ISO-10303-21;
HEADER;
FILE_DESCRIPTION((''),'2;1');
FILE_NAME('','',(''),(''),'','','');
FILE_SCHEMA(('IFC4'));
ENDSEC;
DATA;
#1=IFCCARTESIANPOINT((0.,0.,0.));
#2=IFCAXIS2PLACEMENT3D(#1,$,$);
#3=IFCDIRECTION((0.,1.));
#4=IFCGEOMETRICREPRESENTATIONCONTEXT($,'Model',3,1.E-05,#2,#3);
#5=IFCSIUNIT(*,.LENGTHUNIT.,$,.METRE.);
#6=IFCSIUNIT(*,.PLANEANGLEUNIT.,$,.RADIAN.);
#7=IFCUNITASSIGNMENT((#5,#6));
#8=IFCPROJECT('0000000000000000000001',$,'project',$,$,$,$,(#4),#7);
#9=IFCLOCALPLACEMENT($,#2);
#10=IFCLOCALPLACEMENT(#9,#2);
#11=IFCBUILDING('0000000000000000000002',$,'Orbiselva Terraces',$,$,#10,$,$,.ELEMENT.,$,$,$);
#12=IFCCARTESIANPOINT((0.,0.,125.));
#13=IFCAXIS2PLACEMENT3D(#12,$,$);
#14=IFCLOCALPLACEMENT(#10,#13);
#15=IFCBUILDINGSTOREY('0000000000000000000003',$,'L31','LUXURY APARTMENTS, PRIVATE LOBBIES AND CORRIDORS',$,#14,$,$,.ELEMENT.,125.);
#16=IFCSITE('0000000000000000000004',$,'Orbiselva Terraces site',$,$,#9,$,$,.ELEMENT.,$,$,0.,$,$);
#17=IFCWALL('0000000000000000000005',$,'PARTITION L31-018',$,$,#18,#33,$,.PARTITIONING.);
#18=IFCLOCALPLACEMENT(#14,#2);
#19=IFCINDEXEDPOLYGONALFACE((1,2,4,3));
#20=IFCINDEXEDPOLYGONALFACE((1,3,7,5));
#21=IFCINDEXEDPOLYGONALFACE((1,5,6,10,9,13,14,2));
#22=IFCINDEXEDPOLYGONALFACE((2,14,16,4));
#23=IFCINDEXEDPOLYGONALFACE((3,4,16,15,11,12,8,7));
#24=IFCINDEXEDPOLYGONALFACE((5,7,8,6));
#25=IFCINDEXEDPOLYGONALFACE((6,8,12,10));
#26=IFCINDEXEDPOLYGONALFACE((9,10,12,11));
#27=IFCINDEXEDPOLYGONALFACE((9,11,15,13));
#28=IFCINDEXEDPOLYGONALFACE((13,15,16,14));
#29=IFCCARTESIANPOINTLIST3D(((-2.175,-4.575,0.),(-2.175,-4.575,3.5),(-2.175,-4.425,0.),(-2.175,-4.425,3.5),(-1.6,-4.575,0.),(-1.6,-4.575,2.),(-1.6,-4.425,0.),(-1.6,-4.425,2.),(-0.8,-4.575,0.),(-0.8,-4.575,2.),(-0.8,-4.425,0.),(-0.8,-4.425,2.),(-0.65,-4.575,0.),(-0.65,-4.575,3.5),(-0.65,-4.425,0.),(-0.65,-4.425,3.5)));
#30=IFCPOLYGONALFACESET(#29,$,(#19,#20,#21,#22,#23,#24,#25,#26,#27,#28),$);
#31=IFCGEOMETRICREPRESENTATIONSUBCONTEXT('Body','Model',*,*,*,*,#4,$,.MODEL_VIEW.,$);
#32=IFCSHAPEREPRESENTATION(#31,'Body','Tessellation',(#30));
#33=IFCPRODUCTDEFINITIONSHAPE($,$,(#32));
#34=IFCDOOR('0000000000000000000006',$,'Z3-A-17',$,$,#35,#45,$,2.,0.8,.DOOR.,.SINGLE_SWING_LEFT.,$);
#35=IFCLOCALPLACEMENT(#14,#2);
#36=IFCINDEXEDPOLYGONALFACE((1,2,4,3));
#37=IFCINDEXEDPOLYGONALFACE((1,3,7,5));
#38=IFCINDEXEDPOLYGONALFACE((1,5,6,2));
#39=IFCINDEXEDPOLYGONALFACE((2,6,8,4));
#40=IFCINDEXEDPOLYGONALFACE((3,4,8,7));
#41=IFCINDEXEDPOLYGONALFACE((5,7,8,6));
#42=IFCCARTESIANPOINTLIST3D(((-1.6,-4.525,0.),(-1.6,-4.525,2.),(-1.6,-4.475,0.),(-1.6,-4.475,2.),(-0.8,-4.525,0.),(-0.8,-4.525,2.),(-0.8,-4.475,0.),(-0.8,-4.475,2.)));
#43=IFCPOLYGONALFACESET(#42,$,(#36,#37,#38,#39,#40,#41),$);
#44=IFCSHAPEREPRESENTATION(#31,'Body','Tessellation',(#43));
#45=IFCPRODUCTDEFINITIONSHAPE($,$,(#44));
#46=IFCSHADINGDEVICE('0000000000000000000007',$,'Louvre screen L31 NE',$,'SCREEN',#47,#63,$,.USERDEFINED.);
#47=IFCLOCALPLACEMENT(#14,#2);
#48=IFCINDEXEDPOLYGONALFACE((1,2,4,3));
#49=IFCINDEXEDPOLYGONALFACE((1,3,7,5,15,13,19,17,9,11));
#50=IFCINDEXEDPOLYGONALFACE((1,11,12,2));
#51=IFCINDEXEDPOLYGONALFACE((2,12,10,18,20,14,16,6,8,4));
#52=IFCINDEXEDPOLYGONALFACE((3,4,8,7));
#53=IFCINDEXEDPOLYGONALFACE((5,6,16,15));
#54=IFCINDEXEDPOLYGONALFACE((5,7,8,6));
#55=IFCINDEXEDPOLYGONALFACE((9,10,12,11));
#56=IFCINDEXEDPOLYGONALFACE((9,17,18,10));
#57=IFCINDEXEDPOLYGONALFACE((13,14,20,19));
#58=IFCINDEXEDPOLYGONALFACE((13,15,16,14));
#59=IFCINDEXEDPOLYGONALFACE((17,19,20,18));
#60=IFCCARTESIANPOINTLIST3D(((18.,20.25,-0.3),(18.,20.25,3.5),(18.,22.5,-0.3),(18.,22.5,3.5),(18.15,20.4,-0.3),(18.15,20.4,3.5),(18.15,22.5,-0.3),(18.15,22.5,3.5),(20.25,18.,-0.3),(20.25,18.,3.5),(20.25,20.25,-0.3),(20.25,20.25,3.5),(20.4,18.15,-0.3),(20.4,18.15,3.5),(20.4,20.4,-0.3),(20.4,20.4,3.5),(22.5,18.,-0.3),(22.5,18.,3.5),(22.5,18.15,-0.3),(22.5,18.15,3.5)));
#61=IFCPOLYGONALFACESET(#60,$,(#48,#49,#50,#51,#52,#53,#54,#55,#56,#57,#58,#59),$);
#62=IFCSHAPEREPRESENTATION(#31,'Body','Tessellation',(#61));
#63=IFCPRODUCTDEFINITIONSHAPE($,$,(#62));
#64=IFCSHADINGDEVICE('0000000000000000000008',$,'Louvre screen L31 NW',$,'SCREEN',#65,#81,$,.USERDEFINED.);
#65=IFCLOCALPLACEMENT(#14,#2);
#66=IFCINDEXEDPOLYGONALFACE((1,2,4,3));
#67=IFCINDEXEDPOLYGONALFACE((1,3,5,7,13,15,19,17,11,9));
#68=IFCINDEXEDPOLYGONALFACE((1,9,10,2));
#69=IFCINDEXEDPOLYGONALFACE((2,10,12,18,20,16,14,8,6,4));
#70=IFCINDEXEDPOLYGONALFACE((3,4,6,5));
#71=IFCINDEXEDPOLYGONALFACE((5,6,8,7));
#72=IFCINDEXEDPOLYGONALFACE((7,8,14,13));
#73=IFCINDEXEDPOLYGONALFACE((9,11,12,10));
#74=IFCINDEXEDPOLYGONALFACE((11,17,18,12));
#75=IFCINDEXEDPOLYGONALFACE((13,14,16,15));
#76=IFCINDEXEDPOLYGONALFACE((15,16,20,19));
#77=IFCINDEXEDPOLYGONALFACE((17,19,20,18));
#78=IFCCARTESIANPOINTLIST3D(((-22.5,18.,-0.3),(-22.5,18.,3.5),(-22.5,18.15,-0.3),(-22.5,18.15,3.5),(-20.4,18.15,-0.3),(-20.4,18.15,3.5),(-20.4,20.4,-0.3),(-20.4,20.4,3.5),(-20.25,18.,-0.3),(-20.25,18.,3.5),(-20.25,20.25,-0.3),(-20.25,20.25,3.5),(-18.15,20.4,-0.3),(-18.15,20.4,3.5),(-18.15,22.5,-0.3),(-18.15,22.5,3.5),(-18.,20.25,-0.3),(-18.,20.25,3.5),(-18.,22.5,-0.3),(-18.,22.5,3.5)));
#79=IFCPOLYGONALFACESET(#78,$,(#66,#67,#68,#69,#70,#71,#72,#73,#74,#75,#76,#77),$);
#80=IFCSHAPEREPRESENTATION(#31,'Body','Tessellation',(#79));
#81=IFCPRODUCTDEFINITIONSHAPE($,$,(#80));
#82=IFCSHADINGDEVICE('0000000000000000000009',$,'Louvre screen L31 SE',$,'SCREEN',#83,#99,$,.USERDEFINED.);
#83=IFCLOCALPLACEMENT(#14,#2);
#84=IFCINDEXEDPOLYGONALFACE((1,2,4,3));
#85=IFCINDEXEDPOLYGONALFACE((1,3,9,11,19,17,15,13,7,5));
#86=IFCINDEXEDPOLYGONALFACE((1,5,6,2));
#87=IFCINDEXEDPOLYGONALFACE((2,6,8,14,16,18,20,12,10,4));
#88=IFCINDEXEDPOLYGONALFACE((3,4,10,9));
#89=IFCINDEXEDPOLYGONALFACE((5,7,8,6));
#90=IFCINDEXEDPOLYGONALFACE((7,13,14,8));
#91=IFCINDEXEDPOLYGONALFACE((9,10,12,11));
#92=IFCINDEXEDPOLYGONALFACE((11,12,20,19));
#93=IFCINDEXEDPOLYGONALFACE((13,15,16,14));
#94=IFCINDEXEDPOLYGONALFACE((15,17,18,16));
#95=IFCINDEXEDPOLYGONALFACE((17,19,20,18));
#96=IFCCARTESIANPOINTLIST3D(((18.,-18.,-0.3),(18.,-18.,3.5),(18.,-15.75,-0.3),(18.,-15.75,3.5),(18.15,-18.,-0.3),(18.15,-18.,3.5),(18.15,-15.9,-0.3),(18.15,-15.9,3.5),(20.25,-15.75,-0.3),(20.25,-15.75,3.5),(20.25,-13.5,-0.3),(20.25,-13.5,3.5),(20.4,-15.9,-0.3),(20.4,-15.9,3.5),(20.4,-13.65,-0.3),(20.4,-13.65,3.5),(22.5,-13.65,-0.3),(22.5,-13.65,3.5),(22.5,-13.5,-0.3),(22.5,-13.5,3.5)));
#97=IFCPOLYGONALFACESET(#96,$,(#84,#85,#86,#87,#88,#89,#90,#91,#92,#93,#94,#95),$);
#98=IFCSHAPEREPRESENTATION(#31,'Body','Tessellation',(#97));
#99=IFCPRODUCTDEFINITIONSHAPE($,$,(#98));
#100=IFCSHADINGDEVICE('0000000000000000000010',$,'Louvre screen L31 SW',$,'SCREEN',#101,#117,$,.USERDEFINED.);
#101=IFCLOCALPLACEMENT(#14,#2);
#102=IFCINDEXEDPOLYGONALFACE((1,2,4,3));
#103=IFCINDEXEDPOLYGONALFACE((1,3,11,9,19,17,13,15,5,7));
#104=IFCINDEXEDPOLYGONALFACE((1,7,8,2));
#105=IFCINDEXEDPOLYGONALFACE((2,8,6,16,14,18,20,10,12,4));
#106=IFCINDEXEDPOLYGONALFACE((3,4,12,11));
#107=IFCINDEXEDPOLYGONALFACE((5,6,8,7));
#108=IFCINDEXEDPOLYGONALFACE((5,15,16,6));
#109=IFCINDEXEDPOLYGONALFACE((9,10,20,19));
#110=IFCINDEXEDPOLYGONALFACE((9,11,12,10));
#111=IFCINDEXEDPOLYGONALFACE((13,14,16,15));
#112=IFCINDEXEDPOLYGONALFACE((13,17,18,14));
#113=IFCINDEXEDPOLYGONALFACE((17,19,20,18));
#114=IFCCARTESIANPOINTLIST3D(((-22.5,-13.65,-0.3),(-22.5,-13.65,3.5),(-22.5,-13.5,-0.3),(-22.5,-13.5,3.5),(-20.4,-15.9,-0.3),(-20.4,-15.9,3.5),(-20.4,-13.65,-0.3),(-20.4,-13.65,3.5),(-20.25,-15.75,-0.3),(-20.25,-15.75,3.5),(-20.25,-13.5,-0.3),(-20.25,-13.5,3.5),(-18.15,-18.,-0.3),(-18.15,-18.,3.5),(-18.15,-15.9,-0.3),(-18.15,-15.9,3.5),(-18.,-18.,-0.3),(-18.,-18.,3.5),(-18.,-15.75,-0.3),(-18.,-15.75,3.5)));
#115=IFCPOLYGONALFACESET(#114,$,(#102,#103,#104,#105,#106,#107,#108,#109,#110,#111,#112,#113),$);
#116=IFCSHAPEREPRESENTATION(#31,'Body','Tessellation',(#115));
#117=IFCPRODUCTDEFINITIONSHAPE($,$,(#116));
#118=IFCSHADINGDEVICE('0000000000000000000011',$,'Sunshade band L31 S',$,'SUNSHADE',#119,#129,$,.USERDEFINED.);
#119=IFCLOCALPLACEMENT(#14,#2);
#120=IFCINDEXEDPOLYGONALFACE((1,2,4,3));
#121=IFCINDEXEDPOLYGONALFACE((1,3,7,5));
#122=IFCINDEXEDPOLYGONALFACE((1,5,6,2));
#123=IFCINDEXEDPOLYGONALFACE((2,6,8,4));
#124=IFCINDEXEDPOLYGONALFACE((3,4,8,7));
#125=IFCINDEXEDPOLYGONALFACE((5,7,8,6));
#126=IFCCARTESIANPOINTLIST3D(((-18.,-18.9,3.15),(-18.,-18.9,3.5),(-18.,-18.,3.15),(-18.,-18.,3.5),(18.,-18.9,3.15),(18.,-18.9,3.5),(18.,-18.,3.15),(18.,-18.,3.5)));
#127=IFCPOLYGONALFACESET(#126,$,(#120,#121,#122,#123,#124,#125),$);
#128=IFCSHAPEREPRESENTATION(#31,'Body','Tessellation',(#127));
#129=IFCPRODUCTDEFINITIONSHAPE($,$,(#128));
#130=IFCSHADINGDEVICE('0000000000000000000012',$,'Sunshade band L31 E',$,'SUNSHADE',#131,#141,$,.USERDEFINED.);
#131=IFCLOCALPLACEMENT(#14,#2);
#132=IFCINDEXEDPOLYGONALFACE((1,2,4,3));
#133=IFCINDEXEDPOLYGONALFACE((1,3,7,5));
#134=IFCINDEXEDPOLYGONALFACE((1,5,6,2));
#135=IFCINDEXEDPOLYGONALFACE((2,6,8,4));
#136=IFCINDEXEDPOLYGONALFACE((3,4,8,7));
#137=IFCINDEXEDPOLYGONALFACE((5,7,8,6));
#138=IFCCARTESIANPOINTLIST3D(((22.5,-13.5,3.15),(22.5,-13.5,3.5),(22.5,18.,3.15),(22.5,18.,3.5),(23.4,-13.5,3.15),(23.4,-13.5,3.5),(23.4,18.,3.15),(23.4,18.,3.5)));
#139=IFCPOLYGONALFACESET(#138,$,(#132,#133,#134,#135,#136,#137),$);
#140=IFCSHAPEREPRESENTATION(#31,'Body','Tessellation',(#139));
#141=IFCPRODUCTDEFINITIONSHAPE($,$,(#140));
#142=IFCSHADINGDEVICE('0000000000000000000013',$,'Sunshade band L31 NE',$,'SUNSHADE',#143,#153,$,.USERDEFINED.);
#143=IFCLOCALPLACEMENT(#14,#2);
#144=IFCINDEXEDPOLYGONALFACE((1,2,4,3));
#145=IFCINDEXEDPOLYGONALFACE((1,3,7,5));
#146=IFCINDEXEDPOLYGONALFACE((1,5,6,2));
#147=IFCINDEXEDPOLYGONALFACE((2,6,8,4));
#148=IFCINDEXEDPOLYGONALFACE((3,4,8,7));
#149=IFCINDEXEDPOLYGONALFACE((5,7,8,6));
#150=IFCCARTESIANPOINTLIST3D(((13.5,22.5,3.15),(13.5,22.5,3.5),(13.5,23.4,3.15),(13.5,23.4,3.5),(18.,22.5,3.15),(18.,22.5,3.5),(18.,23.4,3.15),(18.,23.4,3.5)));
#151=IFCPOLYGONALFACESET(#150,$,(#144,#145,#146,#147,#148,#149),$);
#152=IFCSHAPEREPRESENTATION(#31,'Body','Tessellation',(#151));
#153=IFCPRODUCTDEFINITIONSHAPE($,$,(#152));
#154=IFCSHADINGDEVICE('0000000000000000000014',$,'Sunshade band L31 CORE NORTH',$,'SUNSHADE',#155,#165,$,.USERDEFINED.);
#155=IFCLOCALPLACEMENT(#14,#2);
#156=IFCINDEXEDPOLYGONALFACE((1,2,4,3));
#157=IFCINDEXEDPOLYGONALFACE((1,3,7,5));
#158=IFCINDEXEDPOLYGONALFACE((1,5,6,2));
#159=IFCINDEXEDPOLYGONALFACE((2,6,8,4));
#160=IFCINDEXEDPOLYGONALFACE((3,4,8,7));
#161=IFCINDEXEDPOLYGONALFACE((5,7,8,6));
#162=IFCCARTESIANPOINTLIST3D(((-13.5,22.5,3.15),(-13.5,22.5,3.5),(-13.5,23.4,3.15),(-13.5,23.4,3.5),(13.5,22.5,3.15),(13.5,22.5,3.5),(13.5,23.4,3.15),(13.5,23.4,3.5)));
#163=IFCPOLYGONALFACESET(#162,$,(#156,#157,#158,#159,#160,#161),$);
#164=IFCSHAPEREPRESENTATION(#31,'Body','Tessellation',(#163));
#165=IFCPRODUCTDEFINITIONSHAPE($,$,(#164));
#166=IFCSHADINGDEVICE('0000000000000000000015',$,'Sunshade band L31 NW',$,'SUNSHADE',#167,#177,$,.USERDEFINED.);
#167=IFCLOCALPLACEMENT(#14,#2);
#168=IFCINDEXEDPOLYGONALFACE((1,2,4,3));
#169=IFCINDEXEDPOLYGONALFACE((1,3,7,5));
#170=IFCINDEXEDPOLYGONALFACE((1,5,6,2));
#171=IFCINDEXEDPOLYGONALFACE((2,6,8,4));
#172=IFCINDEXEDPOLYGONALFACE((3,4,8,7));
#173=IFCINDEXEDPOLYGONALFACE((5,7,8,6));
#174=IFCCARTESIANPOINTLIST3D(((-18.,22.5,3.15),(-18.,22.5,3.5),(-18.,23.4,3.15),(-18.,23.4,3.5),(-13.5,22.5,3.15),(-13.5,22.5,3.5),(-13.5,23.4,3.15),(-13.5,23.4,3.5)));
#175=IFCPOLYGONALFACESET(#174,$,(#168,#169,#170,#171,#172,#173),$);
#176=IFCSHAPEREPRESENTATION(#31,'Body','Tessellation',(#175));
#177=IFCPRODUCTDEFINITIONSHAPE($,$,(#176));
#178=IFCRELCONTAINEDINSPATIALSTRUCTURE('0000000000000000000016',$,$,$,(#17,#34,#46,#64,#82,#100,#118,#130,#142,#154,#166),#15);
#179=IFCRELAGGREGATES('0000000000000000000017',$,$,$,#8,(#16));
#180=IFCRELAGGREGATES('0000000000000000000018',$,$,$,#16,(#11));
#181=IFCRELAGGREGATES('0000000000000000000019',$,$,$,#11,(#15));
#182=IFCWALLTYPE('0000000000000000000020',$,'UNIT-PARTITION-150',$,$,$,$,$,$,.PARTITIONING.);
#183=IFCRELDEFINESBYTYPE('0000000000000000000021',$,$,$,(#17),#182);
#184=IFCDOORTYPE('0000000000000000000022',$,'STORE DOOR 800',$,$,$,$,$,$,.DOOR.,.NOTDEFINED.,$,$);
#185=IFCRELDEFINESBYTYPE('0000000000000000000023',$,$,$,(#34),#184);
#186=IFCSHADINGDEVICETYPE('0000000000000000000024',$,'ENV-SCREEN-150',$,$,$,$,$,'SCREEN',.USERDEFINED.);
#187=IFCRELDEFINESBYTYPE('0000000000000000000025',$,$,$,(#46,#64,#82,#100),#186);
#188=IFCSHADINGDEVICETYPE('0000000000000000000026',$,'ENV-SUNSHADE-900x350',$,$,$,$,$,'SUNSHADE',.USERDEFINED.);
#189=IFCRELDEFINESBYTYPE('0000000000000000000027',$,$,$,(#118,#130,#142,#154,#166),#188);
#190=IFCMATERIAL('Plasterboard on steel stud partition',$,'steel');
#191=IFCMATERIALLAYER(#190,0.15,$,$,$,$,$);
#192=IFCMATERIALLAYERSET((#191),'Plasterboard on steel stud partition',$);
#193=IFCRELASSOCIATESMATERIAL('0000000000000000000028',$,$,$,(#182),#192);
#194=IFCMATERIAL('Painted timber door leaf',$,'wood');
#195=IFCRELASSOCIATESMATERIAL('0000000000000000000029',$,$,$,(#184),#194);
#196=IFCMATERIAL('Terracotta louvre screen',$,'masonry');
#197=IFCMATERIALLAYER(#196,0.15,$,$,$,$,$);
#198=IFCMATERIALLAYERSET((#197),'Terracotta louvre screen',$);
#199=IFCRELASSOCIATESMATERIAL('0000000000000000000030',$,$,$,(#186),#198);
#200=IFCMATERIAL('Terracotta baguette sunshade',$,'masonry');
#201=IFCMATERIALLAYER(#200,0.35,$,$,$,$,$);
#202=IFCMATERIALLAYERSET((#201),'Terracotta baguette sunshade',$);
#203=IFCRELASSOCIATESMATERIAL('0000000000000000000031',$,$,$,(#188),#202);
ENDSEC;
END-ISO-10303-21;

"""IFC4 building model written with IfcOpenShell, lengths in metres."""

from ifc_helpers import new_model, si_unit, direction, frame, frame_2d, origin, place, context, subcontext, project, spatial, polyline, rectangle, outline, extrude, material, layer, layer_set, type_object, element, fill, save


model = new_model("IFC4")

# Units and contexts
model_context = context("Model", 3, precision=1e-05, world=origin(), true_north=direction((0.0, 1.0)))
body_context = subcontext(model_context, "Body", "Model", "MODEL_VIEW")
ifc_project = project(units=[si_unit("LENGTHUNIT", "METRE"), si_unit("PLANEANGLEUNIT", "RADIAN")], contexts=[model_context])

# Site, building, storey
site_placement = place(None, origin())
site = spatial("IfcSite", under=ifc_project, at=site_placement, Name="Orbiselva Terraces site", CompositionType="ELEMENT", RefElevation=0.0)
building_placement = place(site_placement, origin())
building = spatial("IfcBuilding", under=site, at=building_placement, Name="Orbiselva Terraces", CompositionType="ELEMENT")
storey_placement = place(building_placement, frame((0.0, 0.0, 125.0)))
storey = spatial("IfcBuildingStorey", under=building, at=storey_placement, Name="L31", Description="LUXURY APARTMENTS, PRIVATE LOBBIES AND CORRIDORS", CompositionType="ELEMENT", Elevation=125.0)

# Wall, opening, door
ifc_material_1 = material(Name="Plasterboard on steel stud partition", Category="steel")
ifc_layer_1 = layer(ifc_material_1, 0.15)
ifc_layer_set_1 = layer_set([ifc_layer_1], Name="Plasterboard on steel stud partition")
wall_type_1 = type_object("IfcWallType", Name="UNIT-PARTITION-150", PredefinedType="PARTITIONING", material=ifc_layer_set_1)
wall_1_placement = place(storey_placement, frame((-0.65, -4.5, 0.0), z_axis=(0.0, 0.0, 1.0), x_axis=(-1.0, 0.0, 0.0)))
wall_1 = element("IfcWall", 1, at=wall_1_placement, inside=storey, type_object=wall_type_1, Name="PARTITION L31-018", PredefinedType="PARTITIONING", context=body_context, shape_type="SweptSolid", body=[
    extrude(rectangle(XDim=1.525, YDim=0.15, at=frame_2d((0.7625, 0.0))), origin(), (0.0, 0.0, 1.0), 3.5),
])
opening_placement = place(wall_1_placement, frame((0.15, 0.0, 0.0)))
opening = element("IfcOpeningElement", 2, at=opening_placement, cuts=wall_1, PredefinedType="OPENING", context=body_context, shape_type="SweptSolid", body=[
    extrude(rectangle(XDim=0.8, YDim=2.0, at=frame_2d((0.4, 1.0))), frame((0.0, 0.085, 0.0), z_axis=(0.0, -1.0, 0.0), x_axis=(1.0, 0.0, 0.0)), (0.0, 0.0, 1.0), 0.17),
])
ifc_material_2 = material(Name="Painted timber door leaf", Category="wood")
door_type = type_object("IfcDoorType", Name="STORE DOOR 800", OperationType="NOTDEFINED", PredefinedType="DOOR", material=ifc_material_2)
door_placement = place(opening_placement, origin())
door = element("IfcDoor", 3, at=door_placement, inside=storey, type_object=door_type, Name="Z3-A-17", OperationType="SINGLE_SWING_LEFT", OverallHeight=2.0, OverallWidth=0.8, PredefinedType="DOOR", context=body_context, shape_type="SweptSolid", body=[
    extrude(rectangle(XDim=0.8, YDim=2.0, at=frame_2d((0.4, 1.0))), frame((0.0, 0.025, 0.0), z_axis=(0.0, -1.0, 0.0), x_axis=(1.0, 0.0, 0.0)), (0.0, 0.0, 1.0), 0.05),
])
fill(opening, door)

# Shading devices
ifc_material_3 = material(Name="Terracotta louvre screen", Category="masonry")
ifc_layer_2 = layer(ifc_material_3, 0.15)
ifc_layer_set_2 = layer_set([ifc_layer_2], Name="Terracotta louvre screen")
shading_device_type_1 = type_object("IfcShadingDeviceType", Name="ENV-SCREEN-150", ElementType="SCREEN", PredefinedType="USERDEFINED", material=ifc_layer_set_2)
shading_device_1_placement = place(storey_placement, frame((0.0, 0.0, -0.3)))
element("IfcShadingDevice", 4, at=shading_device_1_placement, inside=storey, type_object=shading_device_type_1, Name="Louvre screen L31 NE", ObjectType="SCREEN", PredefinedType="USERDEFINED", context=body_context, shape_type="SweptSolid", body=[
    extrude(outline(polyline([(22.5, 18.15), (20.4, 18.15), (20.4, 20.4), (18.15, 20.4), (18.15, 22.5), (18.0, 22.5), (18.0, 20.25), (20.25, 20.25), (20.25, 18.0), (22.5, 18.0), (22.5, 18.15)])), origin(), (0.0, 0.0, 1.0), 3.8),
])
shading_device_2_placement = place(storey_placement, frame((0.0, 0.0, -0.3)))
element("IfcShadingDevice", 5, at=shading_device_2_placement, inside=storey, type_object=shading_device_type_1, Name="Louvre screen L31 NW", ObjectType="SCREEN", PredefinedType="USERDEFINED", context=body_context, shape_type="SweptSolid", body=[
    extrude(outline(polyline([(-18.15, 22.5), (-18.15, 20.4), (-20.4, 20.4), (-20.4, 18.15), (-22.5, 18.15), (-22.5, 18.0), (-20.25, 18.0), (-20.25, 20.25), (-18.0, 20.25), (-18.0, 22.5), (-18.15, 22.5)])), origin(), (0.0, 0.0, 1.0), 3.8),
])
shading_device_3_placement = place(storey_placement, frame((0.0, 0.0, -0.3)))
element("IfcShadingDevice", 6, at=shading_device_3_placement, inside=storey, type_object=shading_device_type_1, Name="Louvre screen L31 SE", ObjectType="SCREEN", PredefinedType="USERDEFINED", context=body_context, shape_type="SweptSolid", body=[
    extrude(outline(polyline([(18.15, -18.0), (18.15, -15.9), (20.4, -15.9), (20.4, -13.65), (22.5, -13.65), (22.5, -13.5), (20.25, -13.5), (20.25, -15.75), (18.0, -15.75), (18.0, -18.0), (18.15, -18.0)])), origin(), (0.0, 0.0, 1.0), 3.8),
])
shading_device_4_placement = place(storey_placement, frame((0.0, 0.0, -0.3)))
element("IfcShadingDevice", 7, at=shading_device_4_placement, inside=storey, type_object=shading_device_type_1, Name="Louvre screen L31 SW", ObjectType="SCREEN", PredefinedType="USERDEFINED", context=body_context, shape_type="SweptSolid", body=[
    extrude(outline(polyline([(-22.5, -13.65), (-20.4, -13.65), (-20.4, -15.9), (-18.15, -15.9), (-18.15, -18.0), (-18.0, -18.0), (-18.0, -15.75), (-20.25, -15.75), (-20.25, -13.5), (-22.5, -13.5), (-22.5, -13.65)])), origin(), (0.0, 0.0, 1.0), 3.8),
])
ifc_material_4 = material(Name="Terracotta baguette sunshade", Category="masonry")
ifc_layer_3 = layer(ifc_material_4, 0.35)
ifc_layer_set_3 = layer_set([ifc_layer_3], Name="Terracotta baguette sunshade")
shading_device_type_2 = type_object("IfcShadingDeviceType", Name="ENV-SUNSHADE-900x350", ElementType="SUNSHADE", PredefinedType="USERDEFINED", material=ifc_layer_set_3)
shading_device_5_placement = place(storey_placement, frame((0.0, 0.0, 3.15)))
element("IfcShadingDevice", 8, at=shading_device_5_placement, inside=storey, type_object=shading_device_type_2, Name="Sunshade band L31 S", ObjectType="SUNSHADE", PredefinedType="USERDEFINED", context=body_context, shape_type="SweptSolid", body=[
    extrude(outline(polyline([(-18.0, -18.9), (18.0, -18.9), (18.0, -18.0), (-18.0, -18.0), (-18.0, -18.9)])), origin(), (0.0, 0.0, 1.0), 0.35),
])
shading_device_6_placement = place(storey_placement, frame((0.0, 0.0, 3.15)))
element("IfcShadingDevice", 9, at=shading_device_6_placement, inside=storey, type_object=shading_device_type_2, Name="Sunshade band L31 E", ObjectType="SUNSHADE", PredefinedType="USERDEFINED", context=body_context, shape_type="SweptSolid", body=[
    extrude(outline(polyline([(23.4, -13.5), (23.4, 18.0), (22.5, 18.0), (22.5, -13.5), (23.4, -13.5)])), origin(), (0.0, 0.0, 1.0), 0.35),
])
shading_device_7_placement = place(storey_placement, frame((0.0, 0.0, 3.15)))
element("IfcShadingDevice", 10, at=shading_device_7_placement, inside=storey, type_object=shading_device_type_2, Name="Sunshade band L31 NE", ObjectType="SUNSHADE", PredefinedType="USERDEFINED", context=body_context, shape_type="SweptSolid", body=[
    extrude(outline(polyline([(18.0, 23.4), (13.5, 23.4), (13.5, 22.5), (18.0, 22.5), (18.0, 23.4)])), origin(), (0.0, 0.0, 1.0), 0.35),
])
shading_device_8_placement = place(storey_placement, frame((0.0, 0.0, 3.15)))
element("IfcShadingDevice", 11, at=shading_device_8_placement, inside=storey, type_object=shading_device_type_2, Name="Sunshade band L31 CORE NORTH", ObjectType="SUNSHADE", PredefinedType="USERDEFINED", context=body_context, shape_type="SweptSolid", body=[
    extrude(outline(polyline([(13.5, 23.4), (-13.5, 23.4), (-13.5, 22.5), (13.5, 22.5), (13.5, 23.4)])), origin(), (0.0, 0.0, 1.0), 0.35),
])
shading_device_9_placement = place(storey_placement, frame((0.0, 0.0, 3.15)))
element("IfcShadingDevice", 12, at=shading_device_9_placement, inside=storey, type_object=shading_device_type_2, Name="Sunshade band L31 NW", ObjectType="SUNSHADE", PredefinedType="USERDEFINED", context=body_context, shape_type="SweptSolid", body=[
    extrude(outline(polyline([(-13.5, 23.4), (-18.0, 23.4), (-18.0, 22.5), (-13.5, 22.5), (-13.5, 23.4)])), origin(), (0.0, 0.0, 1.0), 0.35),
])

save(model, "model.ifc")
